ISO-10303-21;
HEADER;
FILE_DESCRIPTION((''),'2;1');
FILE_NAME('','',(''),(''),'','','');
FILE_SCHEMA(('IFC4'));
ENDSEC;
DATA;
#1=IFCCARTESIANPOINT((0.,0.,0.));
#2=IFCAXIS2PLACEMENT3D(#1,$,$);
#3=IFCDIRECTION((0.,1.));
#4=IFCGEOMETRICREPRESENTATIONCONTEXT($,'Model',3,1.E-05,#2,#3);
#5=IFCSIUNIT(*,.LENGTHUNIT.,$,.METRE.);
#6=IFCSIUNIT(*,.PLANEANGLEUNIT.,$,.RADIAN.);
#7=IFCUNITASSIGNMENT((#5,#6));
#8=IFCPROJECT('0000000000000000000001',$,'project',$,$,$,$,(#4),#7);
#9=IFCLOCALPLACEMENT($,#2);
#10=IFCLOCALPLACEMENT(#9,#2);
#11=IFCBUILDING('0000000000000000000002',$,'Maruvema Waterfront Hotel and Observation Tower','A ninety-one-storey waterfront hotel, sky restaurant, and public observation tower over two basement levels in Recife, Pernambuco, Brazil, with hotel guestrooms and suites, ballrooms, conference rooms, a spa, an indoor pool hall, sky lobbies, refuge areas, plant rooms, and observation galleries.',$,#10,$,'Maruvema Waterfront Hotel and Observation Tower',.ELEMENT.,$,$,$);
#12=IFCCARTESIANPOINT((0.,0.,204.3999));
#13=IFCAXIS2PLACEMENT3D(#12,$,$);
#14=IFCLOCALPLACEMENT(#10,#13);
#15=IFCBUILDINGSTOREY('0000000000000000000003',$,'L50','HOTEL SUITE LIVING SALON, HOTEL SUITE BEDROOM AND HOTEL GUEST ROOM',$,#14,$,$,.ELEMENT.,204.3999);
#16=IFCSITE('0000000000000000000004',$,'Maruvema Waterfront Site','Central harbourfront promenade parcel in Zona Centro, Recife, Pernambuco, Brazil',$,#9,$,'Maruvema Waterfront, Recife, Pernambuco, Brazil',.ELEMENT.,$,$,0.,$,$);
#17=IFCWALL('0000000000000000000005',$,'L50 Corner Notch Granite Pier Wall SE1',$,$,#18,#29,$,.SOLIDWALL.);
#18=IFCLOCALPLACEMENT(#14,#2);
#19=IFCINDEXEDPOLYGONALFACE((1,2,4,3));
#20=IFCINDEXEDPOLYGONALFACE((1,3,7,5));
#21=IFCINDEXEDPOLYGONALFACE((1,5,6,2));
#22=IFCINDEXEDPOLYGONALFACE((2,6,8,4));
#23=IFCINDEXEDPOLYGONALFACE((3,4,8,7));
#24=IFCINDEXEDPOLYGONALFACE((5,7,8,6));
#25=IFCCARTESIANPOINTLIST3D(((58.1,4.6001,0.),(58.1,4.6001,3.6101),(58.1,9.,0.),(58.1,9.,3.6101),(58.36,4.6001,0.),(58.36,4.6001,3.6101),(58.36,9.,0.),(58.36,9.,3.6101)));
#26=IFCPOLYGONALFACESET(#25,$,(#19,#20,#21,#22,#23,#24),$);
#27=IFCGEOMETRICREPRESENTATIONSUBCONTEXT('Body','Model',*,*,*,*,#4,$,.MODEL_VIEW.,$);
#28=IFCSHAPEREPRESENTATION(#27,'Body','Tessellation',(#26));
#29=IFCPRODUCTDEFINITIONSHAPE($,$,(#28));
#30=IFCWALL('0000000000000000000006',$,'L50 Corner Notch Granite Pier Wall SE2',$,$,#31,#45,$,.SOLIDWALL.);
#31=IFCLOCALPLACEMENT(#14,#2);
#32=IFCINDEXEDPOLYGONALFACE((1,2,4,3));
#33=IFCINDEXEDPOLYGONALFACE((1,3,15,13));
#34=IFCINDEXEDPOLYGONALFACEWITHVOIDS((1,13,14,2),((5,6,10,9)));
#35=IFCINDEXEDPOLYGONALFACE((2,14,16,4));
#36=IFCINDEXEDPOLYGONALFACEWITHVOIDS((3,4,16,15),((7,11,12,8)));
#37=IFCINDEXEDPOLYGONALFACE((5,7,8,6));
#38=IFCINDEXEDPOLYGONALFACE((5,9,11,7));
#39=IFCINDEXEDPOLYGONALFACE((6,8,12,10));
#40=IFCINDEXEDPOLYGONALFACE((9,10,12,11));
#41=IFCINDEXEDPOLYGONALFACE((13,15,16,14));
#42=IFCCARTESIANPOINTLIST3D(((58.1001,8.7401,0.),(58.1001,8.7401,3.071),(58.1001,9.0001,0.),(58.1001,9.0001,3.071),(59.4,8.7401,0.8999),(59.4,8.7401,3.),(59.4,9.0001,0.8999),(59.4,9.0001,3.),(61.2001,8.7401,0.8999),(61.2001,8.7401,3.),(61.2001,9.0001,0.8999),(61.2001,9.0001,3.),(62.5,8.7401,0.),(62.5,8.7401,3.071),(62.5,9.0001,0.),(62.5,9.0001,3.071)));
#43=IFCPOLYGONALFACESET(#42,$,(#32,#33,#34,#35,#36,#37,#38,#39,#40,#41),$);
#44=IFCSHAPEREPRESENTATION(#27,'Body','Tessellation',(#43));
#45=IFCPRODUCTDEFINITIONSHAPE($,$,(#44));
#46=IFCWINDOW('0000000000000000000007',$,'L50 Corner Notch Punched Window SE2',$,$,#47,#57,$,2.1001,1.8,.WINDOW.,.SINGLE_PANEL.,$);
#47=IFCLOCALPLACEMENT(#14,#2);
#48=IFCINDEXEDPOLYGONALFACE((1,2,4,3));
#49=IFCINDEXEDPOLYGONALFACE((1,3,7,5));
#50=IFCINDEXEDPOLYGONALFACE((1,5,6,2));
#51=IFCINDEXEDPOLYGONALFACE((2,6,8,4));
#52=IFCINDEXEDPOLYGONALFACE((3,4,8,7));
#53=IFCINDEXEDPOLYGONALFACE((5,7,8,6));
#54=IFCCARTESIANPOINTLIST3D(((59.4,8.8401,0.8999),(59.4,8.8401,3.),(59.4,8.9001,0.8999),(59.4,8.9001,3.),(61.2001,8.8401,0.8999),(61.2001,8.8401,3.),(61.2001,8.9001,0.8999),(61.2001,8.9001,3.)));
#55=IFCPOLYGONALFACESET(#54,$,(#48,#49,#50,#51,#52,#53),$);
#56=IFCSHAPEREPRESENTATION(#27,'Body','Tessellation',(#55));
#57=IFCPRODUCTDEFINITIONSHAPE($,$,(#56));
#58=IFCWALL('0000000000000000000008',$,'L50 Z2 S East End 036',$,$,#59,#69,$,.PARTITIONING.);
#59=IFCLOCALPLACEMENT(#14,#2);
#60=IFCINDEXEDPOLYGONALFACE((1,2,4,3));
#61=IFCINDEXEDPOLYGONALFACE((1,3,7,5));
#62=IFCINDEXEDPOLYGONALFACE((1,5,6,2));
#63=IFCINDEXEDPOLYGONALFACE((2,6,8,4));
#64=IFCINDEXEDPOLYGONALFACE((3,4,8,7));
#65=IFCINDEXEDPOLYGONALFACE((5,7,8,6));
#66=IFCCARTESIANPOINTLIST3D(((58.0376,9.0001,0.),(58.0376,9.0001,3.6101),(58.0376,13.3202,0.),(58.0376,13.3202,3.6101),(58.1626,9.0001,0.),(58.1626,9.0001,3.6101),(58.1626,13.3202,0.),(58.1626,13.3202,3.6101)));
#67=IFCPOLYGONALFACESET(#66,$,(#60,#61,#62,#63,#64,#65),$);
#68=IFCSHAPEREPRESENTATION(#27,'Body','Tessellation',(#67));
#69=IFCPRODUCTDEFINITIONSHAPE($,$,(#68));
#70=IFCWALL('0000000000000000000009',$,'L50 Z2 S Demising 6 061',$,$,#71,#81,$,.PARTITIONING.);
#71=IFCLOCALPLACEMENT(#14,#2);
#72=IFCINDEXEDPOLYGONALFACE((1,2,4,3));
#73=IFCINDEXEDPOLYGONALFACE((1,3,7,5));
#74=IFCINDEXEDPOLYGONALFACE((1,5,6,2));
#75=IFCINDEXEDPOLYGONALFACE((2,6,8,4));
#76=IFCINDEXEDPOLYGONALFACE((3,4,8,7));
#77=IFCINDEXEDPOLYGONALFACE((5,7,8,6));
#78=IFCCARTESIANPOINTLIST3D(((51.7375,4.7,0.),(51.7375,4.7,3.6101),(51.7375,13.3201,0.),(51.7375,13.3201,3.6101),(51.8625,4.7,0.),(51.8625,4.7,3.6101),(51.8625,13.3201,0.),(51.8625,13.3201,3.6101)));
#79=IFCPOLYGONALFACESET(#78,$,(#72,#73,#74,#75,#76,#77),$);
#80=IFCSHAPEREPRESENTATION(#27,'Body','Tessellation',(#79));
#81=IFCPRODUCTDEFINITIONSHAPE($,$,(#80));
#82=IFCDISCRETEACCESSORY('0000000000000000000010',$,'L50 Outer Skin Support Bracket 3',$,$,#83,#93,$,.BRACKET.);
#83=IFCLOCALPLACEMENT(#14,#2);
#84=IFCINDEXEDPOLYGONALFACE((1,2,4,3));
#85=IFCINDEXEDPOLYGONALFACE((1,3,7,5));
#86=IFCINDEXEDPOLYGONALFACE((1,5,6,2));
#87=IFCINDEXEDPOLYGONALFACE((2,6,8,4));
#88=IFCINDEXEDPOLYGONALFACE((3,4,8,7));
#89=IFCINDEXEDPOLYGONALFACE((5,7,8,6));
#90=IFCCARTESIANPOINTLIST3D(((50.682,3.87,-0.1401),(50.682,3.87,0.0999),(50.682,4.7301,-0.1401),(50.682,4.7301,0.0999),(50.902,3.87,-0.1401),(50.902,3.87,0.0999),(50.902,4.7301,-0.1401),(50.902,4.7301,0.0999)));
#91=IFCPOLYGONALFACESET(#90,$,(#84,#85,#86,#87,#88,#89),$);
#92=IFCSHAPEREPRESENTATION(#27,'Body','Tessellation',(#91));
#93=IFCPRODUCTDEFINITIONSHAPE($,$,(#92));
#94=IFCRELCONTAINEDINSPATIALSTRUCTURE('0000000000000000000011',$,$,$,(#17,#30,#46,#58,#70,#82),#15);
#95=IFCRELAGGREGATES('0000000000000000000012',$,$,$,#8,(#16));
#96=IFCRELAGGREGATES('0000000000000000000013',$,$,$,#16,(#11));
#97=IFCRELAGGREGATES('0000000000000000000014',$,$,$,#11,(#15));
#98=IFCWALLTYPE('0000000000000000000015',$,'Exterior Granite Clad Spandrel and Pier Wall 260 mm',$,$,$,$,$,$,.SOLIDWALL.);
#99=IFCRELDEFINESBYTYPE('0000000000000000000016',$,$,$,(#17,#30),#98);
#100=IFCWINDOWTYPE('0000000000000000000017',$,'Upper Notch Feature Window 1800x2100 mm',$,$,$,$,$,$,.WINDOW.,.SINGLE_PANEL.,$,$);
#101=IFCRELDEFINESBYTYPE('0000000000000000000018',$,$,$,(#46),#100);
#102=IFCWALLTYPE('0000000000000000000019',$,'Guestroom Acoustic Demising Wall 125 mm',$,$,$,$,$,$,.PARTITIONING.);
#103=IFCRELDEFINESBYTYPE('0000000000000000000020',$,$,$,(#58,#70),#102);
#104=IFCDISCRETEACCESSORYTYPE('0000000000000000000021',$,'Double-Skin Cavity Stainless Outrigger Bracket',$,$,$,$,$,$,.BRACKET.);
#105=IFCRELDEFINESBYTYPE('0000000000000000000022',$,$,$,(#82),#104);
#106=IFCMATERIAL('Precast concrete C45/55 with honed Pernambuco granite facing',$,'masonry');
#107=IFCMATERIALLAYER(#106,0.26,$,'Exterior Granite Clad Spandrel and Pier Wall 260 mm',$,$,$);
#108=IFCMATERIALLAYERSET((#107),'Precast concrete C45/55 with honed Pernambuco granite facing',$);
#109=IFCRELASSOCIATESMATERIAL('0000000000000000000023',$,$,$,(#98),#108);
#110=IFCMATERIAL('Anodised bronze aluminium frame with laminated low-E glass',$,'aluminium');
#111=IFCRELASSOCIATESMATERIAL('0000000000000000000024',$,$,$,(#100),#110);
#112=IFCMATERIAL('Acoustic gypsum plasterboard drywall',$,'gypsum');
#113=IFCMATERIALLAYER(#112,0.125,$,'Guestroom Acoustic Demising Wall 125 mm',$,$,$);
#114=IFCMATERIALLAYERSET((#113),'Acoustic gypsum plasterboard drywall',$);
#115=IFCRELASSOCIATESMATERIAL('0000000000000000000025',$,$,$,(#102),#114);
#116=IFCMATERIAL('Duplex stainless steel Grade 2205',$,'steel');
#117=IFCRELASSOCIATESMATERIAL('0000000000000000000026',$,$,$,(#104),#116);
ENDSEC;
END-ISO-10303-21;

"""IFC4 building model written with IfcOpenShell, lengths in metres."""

from ifc_helpers import new_model, si_unit, direction, frame, frame_2d, origin, origin_2d, place, context, subcontext, project, spatial, rectangle, extrude, material, layer, layer_set, type_object, element, fill, save


model = new_model("IFC4")

# Units and contexts
model_context = context("Model", 3, precision=1e-05, world=origin(), true_north=direction((0.0, 1.0)))
body_context = subcontext(model_context, "Body", "Model", "MODEL_VIEW")
ifc_project = project(units=[si_unit("LENGTHUNIT", "METRE"), si_unit("PLANEANGLEUNIT", "RADIAN")], contexts=[model_context])

# Site, building, storey
site_placement = place(None, origin())
site = spatial("IfcSite", under=ifc_project, at=site_placement, Name="Maruvema Waterfront Site", Description="Central harbourfront promenade parcel in Zona Centro, Recife, Pernambuco, Brazil", LongName="Maruvema Waterfront, Recife, Pernambuco, Brazil", CompositionType="ELEMENT", RefElevation=0.0)
building_placement = place(site_placement, origin())
building = spatial("IfcBuilding", under=site, at=building_placement, Name="Maruvema Waterfront Hotel and Observation Tower", Description="A ninety-one-storey waterfront hotel, sky restaurant, and public observation tower over two basement levels in Recife, Pernambuco, Brazil, with hotel guestrooms and suites, ballrooms, conference rooms, a spa, an indoor pool hall, sky lobbies, refuge areas, plant rooms, and observation galleries.", LongName="Maruvema Waterfront Hotel and Observation Tower", CompositionType="ELEMENT")
storey_placement = place(building_placement, frame((0.0, 0.0, 204.3999)))
storey = spatial("IfcBuildingStorey", under=building, at=storey_placement, Name="L50", Description="HOTEL SUITE LIVING SALON, HOTEL SUITE BEDROOM AND HOTEL GUEST ROOM", CompositionType="ELEMENT", Elevation=204.3999)

# Wall
ifc_material_1 = material(Name="Precast concrete C45/55 with honed Pernambuco granite facing", Category="masonry")
ifc_layer_1 = layer(ifc_material_1, 0.26, Name="Exterior Granite Clad Spandrel and Pier Wall 260 mm")
ifc_layer_set_1 = layer_set([ifc_layer_1], Name="Precast concrete C45/55 with honed Pernambuco granite facing")
wall_type_1 = type_object("IfcWallType", Name="Exterior Granite Clad Spandrel and Pier Wall 260 mm", PredefinedType="SOLIDWALL", material=ifc_layer_set_1)
wall_1_placement = place(storey_placement, frame((58.23, 9.0, 0.0), z_axis=(0.0, 0.0, 1.0), x_axis=(0.0, -1.0, 0.0)))
element("IfcWall", 1, at=wall_1_placement, inside=storey, type_object=wall_type_1, Name="L50 Corner Notch Granite Pier Wall SE1", PredefinedType="SOLIDWALL", context=body_context, shape_type="SweptSolid", body=[
    extrude(rectangle(XDim=4.3999, YDim=0.26, at=frame_2d((2.2, 0.0))), origin(), (0.0, 0.0, 1.0), 3.6101),
])

# Wall, opening, window
wall_2_placement = place(storey_placement, frame((62.5, 8.8701, 0.0), z_axis=(0.0, 0.0, 1.0), x_axis=(-1.0, 0.0, 0.0)))
wall_2 = element("IfcWall", 2, at=wall_2_placement, inside=storey, type_object=wall_type_1, Name="L50 Corner Notch Granite Pier Wall SE2", PredefinedType="SOLIDWALL", context=body_context, shape_type="SweptSolid", body=[
    extrude(rectangle(XDim=4.3999, YDim=0.26, at=frame_2d((2.2, 0.0))), origin(), (0.0, 0.0, 1.0), 3.071),
])
opening_1_placement = place(wall_2_placement, frame((1.3, 0.0, 0.8999)))
opening_1 = element("IfcOpeningElement", 3, at=opening_1_placement, cuts=wall_2, PredefinedType="OPENING", context=body_context, shape_type="SweptSolid", body=[
    extrude(rectangle(XDim=1.8, YDim=2.1001, at=frame_2d((0.8999, 1.05))), frame((0.0, 0.1401, 0.0), z_axis=(0.0, -1.0, 0.0), x_axis=(1.0, 0.0, 0.0)), (0.0, 0.0, 1.0), 0.28),
])
ifc_material_2 = material(Name="Anodised bronze aluminium frame with laminated low-E glass", Category="aluminium")
window_type = type_object("IfcWindowType", Name="Upper Notch Feature Window 1800x2100 mm", PartitioningType="SINGLE_PANEL", PredefinedType="WINDOW", material=ifc_material_2)
window_placement = place(opening_1_placement, origin())
window = element("IfcWindow", 4, at=window_placement, inside=storey, type_object=window_type, Name="L50 Corner Notch Punched Window SE2", OverallHeight=2.1001, OverallWidth=1.8, PartitioningType="SINGLE_PANEL", PredefinedType="WINDOW", context=body_context, shape_type="SweptSolid", body=[
    extrude(rectangle(XDim=1.8, YDim=2.1001, at=frame_2d((0.8999, 1.05))), frame((0.0, 0.03, 0.0), z_axis=(0.0, -1.0, 0.0), x_axis=(1.0, 0.0, 0.0)), (0.0, 0.0, 1.0), 0.0601),
])
fill(opening_1, window)

# Walls
ifc_material_3 = material(Name="Acoustic gypsum plasterboard drywall", Category="gypsum")
ifc_layer_2 = layer(ifc_material_3, 0.125, Name="Guestroom Acoustic Demising Wall 125 mm")
ifc_layer_set_2 = layer_set([ifc_layer_2], Name="Acoustic gypsum plasterboard drywall")
wall_type_2 = type_object("IfcWallType", Name="Guestroom Acoustic Demising Wall 125 mm", PredefinedType="PARTITIONING", material=ifc_layer_set_2)
wall_3_placement = place(storey_placement, frame((58.1001, 9.0, 0.0), z_axis=(0.0, 0.0, 1.0), x_axis=(0.0, 1.0, 0.0)))
element("IfcWall", 5, at=wall_3_placement, inside=storey, type_object=wall_type_2, Name="L50 Z2 S East End 036", PredefinedType="PARTITIONING", context=body_context, shape_type="SweptSolid", body=[
    extrude(rectangle(XDim=4.3201, YDim=0.125, at=frame_2d((2.1602, 0.0))), origin(), (0.0, 0.0, 1.0), 3.6101),
])
wall_4_placement = place(storey_placement, frame((51.8, 4.7, 0.0), z_axis=(0.0, 0.0, 1.0), x_axis=(0.0, 1.0, 0.0)))
element("IfcWall", 6, at=wall_4_placement, inside=storey, type_object=wall_type_2, Name="L50 Z2 S Demising 6 061", PredefinedType="PARTITIONING", context=body_context, shape_type="SweptSolid", body=[
    extrude(rectangle(XDim=8.6201, YDim=0.125, at=frame_2d((4.3101, 0.0))), origin(), (0.0, 0.0, 1.0), 3.6101),
])

# Discrete accessory
ifc_material_4 = material(Name="Duplex stainless steel Grade 2205", Category="steel")
discrete_accessory_type = type_object("IfcDiscreteAccessoryType", Name="Double-Skin Cavity Stainless Outrigger Bracket", PredefinedType="BRACKET", material=ifc_material_4)
discrete_accessory_placement = place(storey_placement, frame((50.792, 4.3, -0.1401), z_axis=(0.0, 0.0, 1.0), x_axis=(1.0, 0.0, 0.0)))
element("IfcDiscreteAccessory", 7, at=discrete_accessory_placement, inside=storey, type_object=discrete_accessory_type, Name="L50 Outer Skin Support Bracket 3", PredefinedType="BRACKET", context=body_context, shape_type="SweptSolid", body=[
    extrude(rectangle(XDim=0.22, YDim=0.8601, at=origin_2d()), origin(), (0.0, 0.0, 1.0), 0.24),
])

save(model, "model.ifc")
